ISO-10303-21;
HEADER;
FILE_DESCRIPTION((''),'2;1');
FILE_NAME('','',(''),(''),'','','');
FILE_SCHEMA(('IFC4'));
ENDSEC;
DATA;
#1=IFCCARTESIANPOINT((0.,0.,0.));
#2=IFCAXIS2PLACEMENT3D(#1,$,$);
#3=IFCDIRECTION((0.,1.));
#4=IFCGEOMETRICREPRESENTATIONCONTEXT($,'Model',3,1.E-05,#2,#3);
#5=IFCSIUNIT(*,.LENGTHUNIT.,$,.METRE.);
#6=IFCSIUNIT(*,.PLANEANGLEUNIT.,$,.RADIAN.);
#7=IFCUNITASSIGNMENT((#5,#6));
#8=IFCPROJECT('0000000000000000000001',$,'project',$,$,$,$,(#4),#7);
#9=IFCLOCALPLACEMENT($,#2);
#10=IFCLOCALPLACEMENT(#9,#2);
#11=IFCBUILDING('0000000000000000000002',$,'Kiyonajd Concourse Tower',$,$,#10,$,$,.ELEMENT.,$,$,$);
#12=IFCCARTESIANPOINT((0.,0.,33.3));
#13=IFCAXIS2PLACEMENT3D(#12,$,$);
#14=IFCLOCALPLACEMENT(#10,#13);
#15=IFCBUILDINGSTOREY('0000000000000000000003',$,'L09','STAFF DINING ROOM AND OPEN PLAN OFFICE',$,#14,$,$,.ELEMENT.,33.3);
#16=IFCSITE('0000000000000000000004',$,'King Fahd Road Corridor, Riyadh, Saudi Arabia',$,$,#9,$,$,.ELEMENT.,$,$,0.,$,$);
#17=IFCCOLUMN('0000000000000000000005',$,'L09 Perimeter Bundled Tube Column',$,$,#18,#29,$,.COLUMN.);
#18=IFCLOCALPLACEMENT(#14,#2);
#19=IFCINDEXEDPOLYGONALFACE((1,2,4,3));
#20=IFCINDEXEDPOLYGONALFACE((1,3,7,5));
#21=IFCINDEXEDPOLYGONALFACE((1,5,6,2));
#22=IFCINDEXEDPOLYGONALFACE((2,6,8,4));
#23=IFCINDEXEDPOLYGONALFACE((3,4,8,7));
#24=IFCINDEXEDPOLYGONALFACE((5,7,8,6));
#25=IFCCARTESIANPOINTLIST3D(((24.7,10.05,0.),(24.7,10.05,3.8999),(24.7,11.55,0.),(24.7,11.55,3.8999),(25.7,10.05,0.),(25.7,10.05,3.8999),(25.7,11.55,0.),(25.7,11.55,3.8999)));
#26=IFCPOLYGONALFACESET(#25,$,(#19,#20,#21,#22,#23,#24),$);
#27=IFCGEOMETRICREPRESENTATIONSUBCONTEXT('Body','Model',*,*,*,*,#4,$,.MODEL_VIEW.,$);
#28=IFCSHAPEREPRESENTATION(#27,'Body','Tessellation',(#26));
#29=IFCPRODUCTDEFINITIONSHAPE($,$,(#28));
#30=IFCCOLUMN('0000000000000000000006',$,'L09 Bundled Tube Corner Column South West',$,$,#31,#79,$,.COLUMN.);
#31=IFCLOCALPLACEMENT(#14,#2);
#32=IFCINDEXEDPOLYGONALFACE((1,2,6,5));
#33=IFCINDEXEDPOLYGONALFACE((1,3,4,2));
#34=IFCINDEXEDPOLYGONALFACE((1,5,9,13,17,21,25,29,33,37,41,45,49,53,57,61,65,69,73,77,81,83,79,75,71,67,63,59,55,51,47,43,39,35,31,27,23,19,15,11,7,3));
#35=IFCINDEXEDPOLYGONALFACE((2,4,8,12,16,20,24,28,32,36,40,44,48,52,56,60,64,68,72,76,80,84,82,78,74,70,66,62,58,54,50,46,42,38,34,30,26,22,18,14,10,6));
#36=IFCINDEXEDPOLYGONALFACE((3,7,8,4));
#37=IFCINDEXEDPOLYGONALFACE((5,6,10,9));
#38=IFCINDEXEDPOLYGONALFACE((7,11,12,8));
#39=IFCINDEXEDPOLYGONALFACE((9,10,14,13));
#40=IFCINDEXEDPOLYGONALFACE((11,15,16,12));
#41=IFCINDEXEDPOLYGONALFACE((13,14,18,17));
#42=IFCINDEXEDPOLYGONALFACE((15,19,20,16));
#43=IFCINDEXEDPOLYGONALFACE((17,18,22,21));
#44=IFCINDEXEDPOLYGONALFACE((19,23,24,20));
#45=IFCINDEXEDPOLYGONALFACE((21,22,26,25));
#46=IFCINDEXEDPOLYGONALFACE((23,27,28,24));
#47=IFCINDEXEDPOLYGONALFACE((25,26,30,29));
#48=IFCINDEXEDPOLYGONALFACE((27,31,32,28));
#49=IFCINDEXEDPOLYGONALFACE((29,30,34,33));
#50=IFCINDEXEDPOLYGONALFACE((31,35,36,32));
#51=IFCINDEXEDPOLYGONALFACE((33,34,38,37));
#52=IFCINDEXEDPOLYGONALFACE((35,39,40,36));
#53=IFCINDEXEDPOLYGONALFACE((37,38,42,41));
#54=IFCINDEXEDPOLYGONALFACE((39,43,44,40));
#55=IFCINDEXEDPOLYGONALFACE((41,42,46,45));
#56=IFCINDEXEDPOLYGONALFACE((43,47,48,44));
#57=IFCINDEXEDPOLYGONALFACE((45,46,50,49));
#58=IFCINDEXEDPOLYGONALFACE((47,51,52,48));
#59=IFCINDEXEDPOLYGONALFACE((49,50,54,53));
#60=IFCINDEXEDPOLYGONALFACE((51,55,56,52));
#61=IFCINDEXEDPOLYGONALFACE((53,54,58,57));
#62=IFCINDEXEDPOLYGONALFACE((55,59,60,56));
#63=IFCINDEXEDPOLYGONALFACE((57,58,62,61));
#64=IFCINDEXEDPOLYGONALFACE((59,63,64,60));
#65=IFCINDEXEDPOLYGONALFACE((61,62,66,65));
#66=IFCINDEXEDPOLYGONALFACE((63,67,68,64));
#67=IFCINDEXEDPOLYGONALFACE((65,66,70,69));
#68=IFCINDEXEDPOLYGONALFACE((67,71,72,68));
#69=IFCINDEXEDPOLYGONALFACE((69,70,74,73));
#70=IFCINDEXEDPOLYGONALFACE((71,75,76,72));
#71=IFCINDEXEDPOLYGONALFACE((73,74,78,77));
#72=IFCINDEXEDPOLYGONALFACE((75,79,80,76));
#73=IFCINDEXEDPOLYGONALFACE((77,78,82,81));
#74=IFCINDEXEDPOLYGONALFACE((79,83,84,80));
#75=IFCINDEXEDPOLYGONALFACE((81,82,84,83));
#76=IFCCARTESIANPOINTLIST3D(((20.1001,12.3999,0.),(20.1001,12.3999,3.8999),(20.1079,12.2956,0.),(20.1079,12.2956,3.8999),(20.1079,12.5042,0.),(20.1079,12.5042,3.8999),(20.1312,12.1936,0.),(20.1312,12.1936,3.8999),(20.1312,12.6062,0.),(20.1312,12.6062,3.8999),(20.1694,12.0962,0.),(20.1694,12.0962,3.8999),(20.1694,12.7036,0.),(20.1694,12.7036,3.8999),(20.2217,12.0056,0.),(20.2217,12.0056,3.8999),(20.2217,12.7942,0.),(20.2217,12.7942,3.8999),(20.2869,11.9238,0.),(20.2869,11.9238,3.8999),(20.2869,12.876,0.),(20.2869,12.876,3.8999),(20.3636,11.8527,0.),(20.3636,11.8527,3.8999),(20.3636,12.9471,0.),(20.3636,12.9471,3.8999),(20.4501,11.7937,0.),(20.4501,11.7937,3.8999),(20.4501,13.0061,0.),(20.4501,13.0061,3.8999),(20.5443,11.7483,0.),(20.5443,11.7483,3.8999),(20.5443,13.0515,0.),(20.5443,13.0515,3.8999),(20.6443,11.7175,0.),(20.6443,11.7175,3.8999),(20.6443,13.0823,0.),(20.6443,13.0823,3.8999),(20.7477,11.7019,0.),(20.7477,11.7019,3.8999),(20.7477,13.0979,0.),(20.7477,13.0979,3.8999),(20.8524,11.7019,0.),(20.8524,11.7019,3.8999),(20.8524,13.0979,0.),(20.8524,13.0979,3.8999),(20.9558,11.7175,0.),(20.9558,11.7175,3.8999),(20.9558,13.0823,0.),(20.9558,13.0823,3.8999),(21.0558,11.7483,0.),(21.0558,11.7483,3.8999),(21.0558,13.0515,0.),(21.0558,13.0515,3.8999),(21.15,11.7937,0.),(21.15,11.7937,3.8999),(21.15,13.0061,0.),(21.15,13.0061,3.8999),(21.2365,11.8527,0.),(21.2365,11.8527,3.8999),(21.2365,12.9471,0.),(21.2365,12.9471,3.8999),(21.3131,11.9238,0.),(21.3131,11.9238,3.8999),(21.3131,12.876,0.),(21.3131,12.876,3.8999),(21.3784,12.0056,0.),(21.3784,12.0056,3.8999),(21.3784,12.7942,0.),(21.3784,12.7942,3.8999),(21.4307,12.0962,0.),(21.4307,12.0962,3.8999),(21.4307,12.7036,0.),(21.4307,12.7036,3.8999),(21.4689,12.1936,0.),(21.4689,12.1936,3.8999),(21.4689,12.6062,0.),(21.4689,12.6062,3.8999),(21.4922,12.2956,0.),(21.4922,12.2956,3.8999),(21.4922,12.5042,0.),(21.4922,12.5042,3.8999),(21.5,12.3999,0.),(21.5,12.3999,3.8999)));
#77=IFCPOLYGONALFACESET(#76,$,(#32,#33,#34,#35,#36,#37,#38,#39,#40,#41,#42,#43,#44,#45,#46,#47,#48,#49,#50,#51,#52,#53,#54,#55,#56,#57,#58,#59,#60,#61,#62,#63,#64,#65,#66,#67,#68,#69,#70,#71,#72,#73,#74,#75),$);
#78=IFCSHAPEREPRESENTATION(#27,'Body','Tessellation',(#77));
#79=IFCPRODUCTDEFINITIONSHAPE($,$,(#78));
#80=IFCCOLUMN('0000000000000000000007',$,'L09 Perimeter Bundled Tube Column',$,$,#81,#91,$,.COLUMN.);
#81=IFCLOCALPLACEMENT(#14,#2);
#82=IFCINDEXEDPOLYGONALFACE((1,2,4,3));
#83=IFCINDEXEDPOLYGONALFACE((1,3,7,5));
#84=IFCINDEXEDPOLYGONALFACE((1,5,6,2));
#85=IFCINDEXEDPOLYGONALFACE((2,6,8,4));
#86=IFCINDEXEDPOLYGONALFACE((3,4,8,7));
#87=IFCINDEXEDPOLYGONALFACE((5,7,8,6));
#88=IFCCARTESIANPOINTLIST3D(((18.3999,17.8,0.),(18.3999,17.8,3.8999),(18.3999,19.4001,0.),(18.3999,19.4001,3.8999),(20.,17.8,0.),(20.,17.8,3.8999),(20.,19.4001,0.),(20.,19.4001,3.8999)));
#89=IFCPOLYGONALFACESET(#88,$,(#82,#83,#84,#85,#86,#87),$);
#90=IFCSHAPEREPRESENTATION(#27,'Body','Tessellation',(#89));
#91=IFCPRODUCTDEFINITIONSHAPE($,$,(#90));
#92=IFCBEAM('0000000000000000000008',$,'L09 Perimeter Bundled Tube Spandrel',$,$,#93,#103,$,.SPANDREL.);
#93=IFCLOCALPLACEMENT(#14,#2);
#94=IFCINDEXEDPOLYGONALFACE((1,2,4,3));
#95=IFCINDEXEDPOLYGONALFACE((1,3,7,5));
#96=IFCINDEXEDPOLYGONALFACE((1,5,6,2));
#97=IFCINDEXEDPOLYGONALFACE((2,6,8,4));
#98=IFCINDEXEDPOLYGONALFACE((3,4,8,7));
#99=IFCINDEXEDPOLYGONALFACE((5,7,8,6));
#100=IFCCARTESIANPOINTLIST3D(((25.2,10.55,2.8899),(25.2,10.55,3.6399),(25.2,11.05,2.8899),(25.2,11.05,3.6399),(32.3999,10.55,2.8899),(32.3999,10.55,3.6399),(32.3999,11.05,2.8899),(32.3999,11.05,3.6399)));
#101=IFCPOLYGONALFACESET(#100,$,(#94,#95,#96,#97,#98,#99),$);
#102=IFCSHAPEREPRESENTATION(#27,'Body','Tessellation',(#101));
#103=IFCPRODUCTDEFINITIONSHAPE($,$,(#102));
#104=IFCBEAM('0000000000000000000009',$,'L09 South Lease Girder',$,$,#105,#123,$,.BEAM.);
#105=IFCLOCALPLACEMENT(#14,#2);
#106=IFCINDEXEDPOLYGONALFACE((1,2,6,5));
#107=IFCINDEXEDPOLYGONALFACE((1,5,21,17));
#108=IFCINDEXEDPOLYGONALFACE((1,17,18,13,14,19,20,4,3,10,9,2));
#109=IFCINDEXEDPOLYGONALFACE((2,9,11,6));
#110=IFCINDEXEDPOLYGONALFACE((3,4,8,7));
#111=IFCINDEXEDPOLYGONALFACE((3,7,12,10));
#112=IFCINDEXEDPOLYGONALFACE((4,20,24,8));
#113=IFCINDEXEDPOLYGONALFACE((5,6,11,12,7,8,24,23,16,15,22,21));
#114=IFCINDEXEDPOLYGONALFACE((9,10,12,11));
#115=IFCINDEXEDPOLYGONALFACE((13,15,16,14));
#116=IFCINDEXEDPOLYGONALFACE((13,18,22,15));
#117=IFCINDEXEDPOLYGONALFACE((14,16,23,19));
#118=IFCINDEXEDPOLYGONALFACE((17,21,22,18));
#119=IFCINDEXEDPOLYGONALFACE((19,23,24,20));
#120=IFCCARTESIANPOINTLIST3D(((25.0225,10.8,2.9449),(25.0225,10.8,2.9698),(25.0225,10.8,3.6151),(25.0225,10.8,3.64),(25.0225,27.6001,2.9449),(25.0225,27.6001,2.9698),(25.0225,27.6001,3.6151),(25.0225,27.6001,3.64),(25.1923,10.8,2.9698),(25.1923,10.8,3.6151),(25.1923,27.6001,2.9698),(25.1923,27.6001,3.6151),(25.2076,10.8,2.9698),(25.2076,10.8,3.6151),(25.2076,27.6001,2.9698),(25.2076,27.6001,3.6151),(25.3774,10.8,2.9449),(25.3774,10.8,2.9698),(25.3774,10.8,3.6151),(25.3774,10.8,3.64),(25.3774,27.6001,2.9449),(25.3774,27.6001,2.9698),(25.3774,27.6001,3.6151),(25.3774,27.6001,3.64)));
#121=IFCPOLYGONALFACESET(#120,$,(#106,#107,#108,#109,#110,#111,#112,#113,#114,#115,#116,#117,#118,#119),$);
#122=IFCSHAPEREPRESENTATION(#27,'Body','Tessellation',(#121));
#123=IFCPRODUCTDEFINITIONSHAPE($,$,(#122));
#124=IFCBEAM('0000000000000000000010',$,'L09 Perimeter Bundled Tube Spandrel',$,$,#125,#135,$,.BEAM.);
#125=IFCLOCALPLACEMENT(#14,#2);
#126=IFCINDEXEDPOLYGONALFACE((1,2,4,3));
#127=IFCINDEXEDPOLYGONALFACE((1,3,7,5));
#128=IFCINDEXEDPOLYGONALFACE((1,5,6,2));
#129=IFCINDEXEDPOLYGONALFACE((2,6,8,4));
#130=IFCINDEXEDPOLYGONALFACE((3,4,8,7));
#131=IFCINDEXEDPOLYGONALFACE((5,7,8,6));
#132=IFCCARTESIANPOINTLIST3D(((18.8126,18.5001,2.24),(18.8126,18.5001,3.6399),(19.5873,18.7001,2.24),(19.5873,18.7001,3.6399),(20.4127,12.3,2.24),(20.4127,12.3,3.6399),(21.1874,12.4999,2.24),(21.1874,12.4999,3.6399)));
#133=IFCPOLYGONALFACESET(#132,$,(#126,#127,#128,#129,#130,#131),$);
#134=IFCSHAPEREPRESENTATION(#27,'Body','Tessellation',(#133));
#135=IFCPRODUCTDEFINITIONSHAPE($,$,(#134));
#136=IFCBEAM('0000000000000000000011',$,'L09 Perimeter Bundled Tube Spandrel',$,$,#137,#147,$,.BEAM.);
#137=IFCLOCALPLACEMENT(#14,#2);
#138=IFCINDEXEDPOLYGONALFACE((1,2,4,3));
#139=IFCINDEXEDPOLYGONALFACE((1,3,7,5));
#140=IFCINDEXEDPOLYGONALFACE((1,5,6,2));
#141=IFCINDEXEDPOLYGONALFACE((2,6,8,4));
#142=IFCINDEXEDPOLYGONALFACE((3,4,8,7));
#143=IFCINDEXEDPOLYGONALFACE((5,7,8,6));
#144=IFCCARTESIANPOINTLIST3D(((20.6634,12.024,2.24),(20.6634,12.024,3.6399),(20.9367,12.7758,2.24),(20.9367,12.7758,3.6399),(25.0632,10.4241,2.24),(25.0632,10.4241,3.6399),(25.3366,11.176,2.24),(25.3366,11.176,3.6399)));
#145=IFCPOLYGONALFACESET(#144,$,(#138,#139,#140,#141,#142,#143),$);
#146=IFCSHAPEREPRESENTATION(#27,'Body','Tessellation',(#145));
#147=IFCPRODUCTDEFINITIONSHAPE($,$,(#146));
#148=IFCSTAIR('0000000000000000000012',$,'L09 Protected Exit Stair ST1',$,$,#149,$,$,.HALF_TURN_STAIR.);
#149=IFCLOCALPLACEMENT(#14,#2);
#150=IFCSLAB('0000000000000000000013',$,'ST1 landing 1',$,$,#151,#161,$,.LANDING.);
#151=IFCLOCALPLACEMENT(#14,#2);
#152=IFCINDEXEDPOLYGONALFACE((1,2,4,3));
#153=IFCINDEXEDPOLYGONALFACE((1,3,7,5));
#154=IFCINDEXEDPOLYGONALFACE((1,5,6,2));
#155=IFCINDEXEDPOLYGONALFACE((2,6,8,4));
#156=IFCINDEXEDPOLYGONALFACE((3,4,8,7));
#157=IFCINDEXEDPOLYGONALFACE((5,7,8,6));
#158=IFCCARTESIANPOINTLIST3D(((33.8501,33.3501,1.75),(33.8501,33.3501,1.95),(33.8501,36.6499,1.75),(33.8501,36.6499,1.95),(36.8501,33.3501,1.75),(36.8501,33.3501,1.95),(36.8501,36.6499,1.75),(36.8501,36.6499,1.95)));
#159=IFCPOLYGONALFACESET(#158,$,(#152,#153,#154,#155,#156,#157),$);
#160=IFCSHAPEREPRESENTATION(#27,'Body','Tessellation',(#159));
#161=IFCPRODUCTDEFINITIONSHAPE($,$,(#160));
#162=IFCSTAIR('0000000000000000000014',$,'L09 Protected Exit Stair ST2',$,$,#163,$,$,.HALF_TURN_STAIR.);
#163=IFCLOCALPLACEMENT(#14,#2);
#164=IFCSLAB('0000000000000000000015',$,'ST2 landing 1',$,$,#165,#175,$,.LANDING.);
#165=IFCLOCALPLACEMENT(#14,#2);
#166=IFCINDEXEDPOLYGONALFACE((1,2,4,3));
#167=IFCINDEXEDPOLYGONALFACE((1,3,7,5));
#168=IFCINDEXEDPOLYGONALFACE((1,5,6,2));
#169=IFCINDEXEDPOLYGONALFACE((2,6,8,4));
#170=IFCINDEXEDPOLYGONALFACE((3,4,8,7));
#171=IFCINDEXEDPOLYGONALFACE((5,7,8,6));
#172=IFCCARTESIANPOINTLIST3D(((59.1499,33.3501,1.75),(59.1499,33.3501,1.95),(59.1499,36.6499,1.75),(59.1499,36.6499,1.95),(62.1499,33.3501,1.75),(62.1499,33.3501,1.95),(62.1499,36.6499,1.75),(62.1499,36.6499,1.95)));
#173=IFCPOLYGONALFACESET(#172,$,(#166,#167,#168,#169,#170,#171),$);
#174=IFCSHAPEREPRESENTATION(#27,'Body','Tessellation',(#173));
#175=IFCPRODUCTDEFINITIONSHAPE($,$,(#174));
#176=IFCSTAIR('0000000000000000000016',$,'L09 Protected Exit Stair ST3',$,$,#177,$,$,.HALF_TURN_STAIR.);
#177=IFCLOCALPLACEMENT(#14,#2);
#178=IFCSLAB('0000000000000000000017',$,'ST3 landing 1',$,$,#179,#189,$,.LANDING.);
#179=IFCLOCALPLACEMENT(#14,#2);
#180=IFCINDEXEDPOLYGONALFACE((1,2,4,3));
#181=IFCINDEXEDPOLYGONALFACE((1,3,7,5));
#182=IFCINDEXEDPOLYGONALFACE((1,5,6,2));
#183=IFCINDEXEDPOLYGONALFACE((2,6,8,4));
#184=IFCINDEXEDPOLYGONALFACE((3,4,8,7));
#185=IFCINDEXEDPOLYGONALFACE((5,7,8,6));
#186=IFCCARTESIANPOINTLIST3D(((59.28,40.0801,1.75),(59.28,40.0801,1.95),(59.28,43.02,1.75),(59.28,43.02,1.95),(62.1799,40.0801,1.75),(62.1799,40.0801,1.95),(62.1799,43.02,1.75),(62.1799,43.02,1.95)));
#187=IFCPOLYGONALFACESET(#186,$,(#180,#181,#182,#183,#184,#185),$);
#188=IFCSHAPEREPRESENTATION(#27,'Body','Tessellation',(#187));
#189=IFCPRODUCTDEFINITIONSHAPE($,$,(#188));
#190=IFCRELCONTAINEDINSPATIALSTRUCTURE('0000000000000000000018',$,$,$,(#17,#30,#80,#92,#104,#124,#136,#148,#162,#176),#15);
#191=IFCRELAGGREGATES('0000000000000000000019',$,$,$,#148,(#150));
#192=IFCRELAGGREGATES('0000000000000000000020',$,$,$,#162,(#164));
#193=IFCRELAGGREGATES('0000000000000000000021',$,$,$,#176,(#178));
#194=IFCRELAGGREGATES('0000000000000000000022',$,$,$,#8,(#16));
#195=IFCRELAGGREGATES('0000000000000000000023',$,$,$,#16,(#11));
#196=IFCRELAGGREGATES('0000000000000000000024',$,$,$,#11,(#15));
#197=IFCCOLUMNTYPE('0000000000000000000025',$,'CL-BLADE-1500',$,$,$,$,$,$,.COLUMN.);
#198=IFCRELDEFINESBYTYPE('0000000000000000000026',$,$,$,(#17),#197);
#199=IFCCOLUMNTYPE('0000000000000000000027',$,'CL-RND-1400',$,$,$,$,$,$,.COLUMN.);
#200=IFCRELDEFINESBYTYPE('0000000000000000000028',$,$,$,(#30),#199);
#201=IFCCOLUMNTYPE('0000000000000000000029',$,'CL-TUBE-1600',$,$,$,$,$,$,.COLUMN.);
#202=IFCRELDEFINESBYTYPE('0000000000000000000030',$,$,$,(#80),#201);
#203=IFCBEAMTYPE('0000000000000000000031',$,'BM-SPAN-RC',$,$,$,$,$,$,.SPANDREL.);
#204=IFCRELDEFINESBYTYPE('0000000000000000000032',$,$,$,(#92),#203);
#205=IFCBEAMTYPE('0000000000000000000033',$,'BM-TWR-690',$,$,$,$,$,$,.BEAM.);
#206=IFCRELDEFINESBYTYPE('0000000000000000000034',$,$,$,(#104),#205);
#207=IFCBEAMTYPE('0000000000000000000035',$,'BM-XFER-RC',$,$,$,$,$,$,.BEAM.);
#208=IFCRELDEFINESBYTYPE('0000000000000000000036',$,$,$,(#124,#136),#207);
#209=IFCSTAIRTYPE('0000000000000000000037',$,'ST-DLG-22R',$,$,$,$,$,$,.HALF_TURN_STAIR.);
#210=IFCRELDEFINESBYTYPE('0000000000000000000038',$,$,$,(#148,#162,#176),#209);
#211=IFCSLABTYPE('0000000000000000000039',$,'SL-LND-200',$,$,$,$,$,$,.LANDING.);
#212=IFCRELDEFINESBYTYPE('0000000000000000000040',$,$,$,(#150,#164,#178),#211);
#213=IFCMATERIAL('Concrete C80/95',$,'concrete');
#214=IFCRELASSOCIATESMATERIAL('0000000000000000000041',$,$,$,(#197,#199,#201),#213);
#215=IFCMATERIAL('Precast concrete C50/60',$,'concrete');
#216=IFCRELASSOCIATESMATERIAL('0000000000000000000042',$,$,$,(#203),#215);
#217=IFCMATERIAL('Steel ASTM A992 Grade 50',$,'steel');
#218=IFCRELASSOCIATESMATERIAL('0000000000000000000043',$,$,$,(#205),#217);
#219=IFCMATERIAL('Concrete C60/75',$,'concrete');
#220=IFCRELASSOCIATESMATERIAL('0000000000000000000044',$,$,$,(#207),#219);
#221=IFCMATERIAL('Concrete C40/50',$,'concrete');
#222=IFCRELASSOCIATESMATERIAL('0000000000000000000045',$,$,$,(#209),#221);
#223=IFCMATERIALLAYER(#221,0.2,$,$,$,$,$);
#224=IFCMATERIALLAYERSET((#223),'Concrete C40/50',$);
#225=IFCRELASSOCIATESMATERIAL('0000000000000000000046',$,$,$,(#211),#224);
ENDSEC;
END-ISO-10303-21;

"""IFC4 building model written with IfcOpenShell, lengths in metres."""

from ifc_helpers import new_model, si_unit, direction, frame, origin, origin_2d, place, context, subcontext, project, spatial, polyline, rectangle, circle, i_section, outline, extrude, material, layer, layer_set, material_profile, profile_set, type_object, element, aggregate, save


model = new_model("IFC4")

# Units and contexts
model_context = context("Model", 3, precision=1e-05, world=origin(), true_north=direction((0.0, 1.0)))
body_context = subcontext(model_context, "Body", "Model", "MODEL_VIEW")
ifc_project = project(units=[si_unit("LENGTHUNIT", "METRE"), si_unit("PLANEANGLEUNIT", "RADIAN")], contexts=[model_context])

# Site, building, storey
site_placement = place(None, origin())
site = spatial("IfcSite", under=ifc_project, at=site_placement, Name="King Fahd Road Corridor, Riyadh, Saudi Arabia", CompositionType="ELEMENT", RefElevation=0.0)
building_placement = place(site_placement, origin())
building = spatial("IfcBuilding", under=site, at=building_placement, Name="Kiyonajd Concourse Tower", CompositionType="ELEMENT")
storey_placement = place(building_placement, frame((0.0, 0.0, 33.3)))
storey = spatial("IfcBuildingStorey", under=building, at=storey_placement, Name="L09", Description="STAFF DINING ROOM AND OPEN PLAN OFFICE", CompositionType="ELEMENT", Elevation=33.3)

# Columns
ifc_material_1 = material(Name="Concrete C80/95", Category="concrete")
ifc_material_profile_1 = material_profile(ifc_material_1, rectangle(XDim=1.0, YDim=1.5, at=origin_2d()), Name="RC-1500x1000")
ifc_profile_set_1 = profile_set([ifc_material_profile_1], Name="Concrete C80/95")
column_type_1 = type_object("IfcColumnType", Name="CL-BLADE-1500", PredefinedType="COLUMN", material=ifc_profile_set_1)
column_1_placement = place(storey_placement, frame((25.2, 10.8, 0.0), z_axis=(0.0, 0.0, 1.0), x_axis=(1.0, 0.0, 0.0)))
element("IfcColumn", 1, at=column_1_placement, inside=storey, type_object=column_type_1, Name="L09 Perimeter Bundled Tube Column", PredefinedType="COLUMN", context=body_context, shape_type="SweptSolid", body=[
    extrude(rectangle(XDim=1.0, YDim=1.5, at=origin_2d()), origin(), (0.0, 0.0, 1.0), 3.8999),
])
ifc_material_profile_2 = material_profile(ifc_material_1, circle(Radius=0.7, at=origin_2d()), Name="RCC-D1400")
ifc_profile_set_2 = profile_set([ifc_material_profile_2], Name="Concrete C80/95")
column_type_2 = type_object("IfcColumnType", Name="CL-RND-1400", PredefinedType="COLUMN", material=ifc_profile_set_2)
column_2_placement = place(storey_placement, frame((20.8, 12.3999, 0.0), z_axis=(0.0, 0.0, 1.0), x_axis=(1.0, 0.0, 0.0)))
element("IfcColumn", 2, at=column_2_placement, inside=storey, type_object=column_type_2, Name="L09 Bundled Tube Corner Column South West", PredefinedType="COLUMN", context=body_context, shape_type="SweptSolid", body=[
    extrude(circle(Radius=0.7, at=origin_2d()), origin(), (0.0, 0.0, 1.0), 3.8999),
])
ifc_material_profile_3 = material_profile(ifc_material_1, rectangle(XDim=1.6001, YDim=1.6001, at=origin_2d()), Name="RC-1600x1600")
ifc_profile_set_3 = profile_set([ifc_material_profile_3], Name="Concrete C80/95")
column_type_3 = type_object("IfcColumnType", Name="CL-TUBE-1600", PredefinedType="COLUMN", material=ifc_profile_set_3)
column_3_placement = place(storey_placement, frame((19.2, 18.6001, 0.0), z_axis=(0.0, 0.0, 1.0), x_axis=(1.0, 0.0, 0.0)))
element("IfcColumn", 3, at=column_3_placement, inside=storey, type_object=column_type_3, Name="L09 Perimeter Bundled Tube Column", PredefinedType="COLUMN", context=body_context, shape_type="SweptSolid", body=[
    extrude(rectangle(XDim=1.6001, YDim=1.6001, at=origin_2d()), origin(), (0.0, 0.0, 1.0), 3.8999),
])

# Beams
ifc_material_2 = material(Name="Precast concrete C50/60", Category="concrete")
ifc_material_profile_4 = material_profile(ifc_material_2, rectangle(XDim=0.5, YDim=0.75, at=origin_2d()), Name="RCBM-500x750")
ifc_profile_set_4 = profile_set([ifc_material_profile_4], Name="Precast concrete C50/60")
beam_type_1 = type_object("IfcBeamType", Name="BM-SPAN-RC", PredefinedType="SPANDREL", material=ifc_profile_set_4)
beam_1_placement = place(storey_placement, frame((25.2, 10.8, 3.2649), z_axis=(1.0, 0.0, 0.0), x_axis=(0.0, 1.0, 0.0)))
element("IfcBeam", 4, at=beam_1_placement, inside=storey, type_object=beam_type_1, Name="L09 Perimeter Bundled Tube Spandrel", PredefinedType="SPANDREL", context=body_context, shape_type="SweptSolid", body=[
    extrude(rectangle(XDim=0.5, YDim=0.75, at=origin_2d()), origin(), (0.0, 0.0, 1.0), 7.2),
])
ifc_material_3 = material(Name="Steel ASTM A992 Grade 50", Category="steel")
ifc_material_profile_5 = material_profile(ifc_material_3, i_section(OverallWidth=0.355, OverallDepth=0.6951, WebThickness=0.0154, FlangeThickness=0.0249, at=origin_2d()), Name="W690X217")
ifc_profile_set_5 = profile_set([ifc_material_profile_5], Name="Steel ASTM A992 Grade 50")
beam_type_2 = type_object("IfcBeamType", Name="BM-TWR-690", PredefinedType="BEAM", material=ifc_profile_set_5)
beam_2_placement = place(storey_placement, frame((25.2, 10.8, 3.2925), z_axis=(0.0, 1.0, 0.0), x_axis=(-1.0, 0.0, 0.0)))
element("IfcBeam", 5, at=beam_2_placement, inside=storey, type_object=beam_type_2, Name="L09 South Lease Girder", PredefinedType="BEAM", context=body_context, shape_type="SweptSolid", body=[
    extrude(i_section(OverallWidth=0.355, OverallDepth=0.6951, WebThickness=0.0154, FlangeThickness=0.0249, at=origin_2d()), origin(), (0.0, 0.0, 1.0), 16.8),
])
ifc_material_4 = material(Name="Concrete C60/75", Category="concrete")
ifc_material_profile_6 = material_profile(ifc_material_4, rectangle(XDim=0.8, YDim=1.3999, at=origin_2d()), Name="RCBM-800x1400")
ifc_profile_set_6 = profile_set([ifc_material_profile_6], Name="Concrete C60/75")
beam_type_3 = type_object("IfcBeamType", Name="BM-XFER-RC", PredefinedType="BEAM", material=ifc_profile_set_6)
beam_3_placement = place(storey_placement, frame((19.2, 18.6001, 2.9399), z_axis=(0.249885, -0.968276, 0.0), x_axis=(0.968276, 0.249885, 0.0)))
element("IfcBeam", 6, at=beam_3_placement, inside=storey, type_object=beam_type_3, Name="L09 Perimeter Bundled Tube Spandrel", PredefinedType="BEAM", context=body_context, shape_type="SweptSolid", body=[
    extrude(rectangle(XDim=0.8, YDim=1.3999, at=origin_2d()), origin(), (0.0, 0.0, 1.0), 6.4033),
])
beam_4_placement = place(storey_placement, frame((20.8, 12.3999, 2.9399), z_axis=(0.939801, -0.341722, 0.0), x_axis=(0.341722, 0.939801, 0.0)))
element("IfcBeam", 7, at=beam_4_placement, inside=storey, type_object=beam_type_3, Name="L09 Perimeter Bundled Tube Spandrel", PredefinedType="BEAM", context=body_context, shape_type="SweptSolid", body=[
    extrude(rectangle(XDim=0.8, YDim=1.3999, at=origin_2d()), origin(), (0.0, 0.0, 1.0), 4.6816),
])

# Stairs, slabs
ifc_material_5 = material(Name="Concrete C40/50", Category="concrete")
stair_type = type_object("IfcStairType", Name="ST-DLG-22R", PredefinedType="HALF_TURN_STAIR", material=ifc_material_5)
stair_1_placement = place(storey_placement, origin())
stair_1 = element("IfcStair", 8, at=stair_1_placement, inside=storey, type_object=stair_type, Name="L09 Protected Exit Stair ST1", PredefinedType="HALF_TURN_STAIR")
ifc_layer_1 = layer(ifc_material_5, 0.2)
ifc_layer_set_1 = layer_set([ifc_layer_1], Name="Concrete C40/50")
slab_type_1 = type_object("IfcSlabType", Name="SL-LND-200", PredefinedType="LANDING", material=ifc_layer_set_1)
slab_1_placement = place(storey_placement, frame((0.0, 0.0, 1.75)))
slab_1 = element("IfcSlab", 9, at=slab_1_placement, type_object=slab_type_1, Name="ST1 landing 1", PredefinedType="LANDING", context=body_context, shape_type="SweptSolid", body=[
    extrude(outline(polyline([(36.8501, 33.3501), (36.8501, 36.6499), (33.8501, 36.6499), (33.8501, 33.3501), (36.8501, 33.3501)])), origin(), (0.0, 0.0, 1.0), 0.2),
])
aggregate(stair_1, [slab_1])
stair_2_placement = place(storey_placement, origin())
stair_2 = element("IfcStair", 10, at=stair_2_placement, inside=storey, type_object=stair_type, Name="L09 Protected Exit Stair ST2", PredefinedType="HALF_TURN_STAIR")
slab_2_placement = place(storey_placement, frame((0.0, 0.0, 1.75)))
slab_2 = element("IfcSlab", 11, at=slab_2_placement, type_object=slab_type_1, Name="ST2 landing 1", PredefinedType="LANDING", context=body_context, shape_type="SweptSolid", body=[
    extrude(outline(polyline([(62.1499, 33.3501), (62.1499, 36.6499), (59.1499, 36.6499), (59.1499, 33.3501), (62.1499, 33.3501)])), origin(), (0.0, 0.0, 1.0), 0.2),
])
aggregate(stair_2, [slab_2])
stair_3_placement = place(storey_placement, origin())
stair_3 = element("IfcStair", 12, at=stair_3_placement, inside=storey, type_object=stair_type, Name="L09 Protected Exit Stair ST3", PredefinedType="HALF_TURN_STAIR")
slab_3_placement = place(storey_placement, frame((0.0, 0.0, 1.75)))
slab_3 = element("IfcSlab", 13, at=slab_3_placement, type_object=slab_type_1, Name="ST3 landing 1", PredefinedType="LANDING", context=body_context, shape_type="SweptSolid", body=[
    extrude(outline(polyline([(59.28, 40.0801), (62.1799, 40.0801), (62.1799, 43.02), (59.28, 43.02), (59.28, 40.0801)])), origin(), (0.0, 0.0, 1.0), 0.2),
])
aggregate(stair_3, [slab_3])

save(model, "model.ifc")
